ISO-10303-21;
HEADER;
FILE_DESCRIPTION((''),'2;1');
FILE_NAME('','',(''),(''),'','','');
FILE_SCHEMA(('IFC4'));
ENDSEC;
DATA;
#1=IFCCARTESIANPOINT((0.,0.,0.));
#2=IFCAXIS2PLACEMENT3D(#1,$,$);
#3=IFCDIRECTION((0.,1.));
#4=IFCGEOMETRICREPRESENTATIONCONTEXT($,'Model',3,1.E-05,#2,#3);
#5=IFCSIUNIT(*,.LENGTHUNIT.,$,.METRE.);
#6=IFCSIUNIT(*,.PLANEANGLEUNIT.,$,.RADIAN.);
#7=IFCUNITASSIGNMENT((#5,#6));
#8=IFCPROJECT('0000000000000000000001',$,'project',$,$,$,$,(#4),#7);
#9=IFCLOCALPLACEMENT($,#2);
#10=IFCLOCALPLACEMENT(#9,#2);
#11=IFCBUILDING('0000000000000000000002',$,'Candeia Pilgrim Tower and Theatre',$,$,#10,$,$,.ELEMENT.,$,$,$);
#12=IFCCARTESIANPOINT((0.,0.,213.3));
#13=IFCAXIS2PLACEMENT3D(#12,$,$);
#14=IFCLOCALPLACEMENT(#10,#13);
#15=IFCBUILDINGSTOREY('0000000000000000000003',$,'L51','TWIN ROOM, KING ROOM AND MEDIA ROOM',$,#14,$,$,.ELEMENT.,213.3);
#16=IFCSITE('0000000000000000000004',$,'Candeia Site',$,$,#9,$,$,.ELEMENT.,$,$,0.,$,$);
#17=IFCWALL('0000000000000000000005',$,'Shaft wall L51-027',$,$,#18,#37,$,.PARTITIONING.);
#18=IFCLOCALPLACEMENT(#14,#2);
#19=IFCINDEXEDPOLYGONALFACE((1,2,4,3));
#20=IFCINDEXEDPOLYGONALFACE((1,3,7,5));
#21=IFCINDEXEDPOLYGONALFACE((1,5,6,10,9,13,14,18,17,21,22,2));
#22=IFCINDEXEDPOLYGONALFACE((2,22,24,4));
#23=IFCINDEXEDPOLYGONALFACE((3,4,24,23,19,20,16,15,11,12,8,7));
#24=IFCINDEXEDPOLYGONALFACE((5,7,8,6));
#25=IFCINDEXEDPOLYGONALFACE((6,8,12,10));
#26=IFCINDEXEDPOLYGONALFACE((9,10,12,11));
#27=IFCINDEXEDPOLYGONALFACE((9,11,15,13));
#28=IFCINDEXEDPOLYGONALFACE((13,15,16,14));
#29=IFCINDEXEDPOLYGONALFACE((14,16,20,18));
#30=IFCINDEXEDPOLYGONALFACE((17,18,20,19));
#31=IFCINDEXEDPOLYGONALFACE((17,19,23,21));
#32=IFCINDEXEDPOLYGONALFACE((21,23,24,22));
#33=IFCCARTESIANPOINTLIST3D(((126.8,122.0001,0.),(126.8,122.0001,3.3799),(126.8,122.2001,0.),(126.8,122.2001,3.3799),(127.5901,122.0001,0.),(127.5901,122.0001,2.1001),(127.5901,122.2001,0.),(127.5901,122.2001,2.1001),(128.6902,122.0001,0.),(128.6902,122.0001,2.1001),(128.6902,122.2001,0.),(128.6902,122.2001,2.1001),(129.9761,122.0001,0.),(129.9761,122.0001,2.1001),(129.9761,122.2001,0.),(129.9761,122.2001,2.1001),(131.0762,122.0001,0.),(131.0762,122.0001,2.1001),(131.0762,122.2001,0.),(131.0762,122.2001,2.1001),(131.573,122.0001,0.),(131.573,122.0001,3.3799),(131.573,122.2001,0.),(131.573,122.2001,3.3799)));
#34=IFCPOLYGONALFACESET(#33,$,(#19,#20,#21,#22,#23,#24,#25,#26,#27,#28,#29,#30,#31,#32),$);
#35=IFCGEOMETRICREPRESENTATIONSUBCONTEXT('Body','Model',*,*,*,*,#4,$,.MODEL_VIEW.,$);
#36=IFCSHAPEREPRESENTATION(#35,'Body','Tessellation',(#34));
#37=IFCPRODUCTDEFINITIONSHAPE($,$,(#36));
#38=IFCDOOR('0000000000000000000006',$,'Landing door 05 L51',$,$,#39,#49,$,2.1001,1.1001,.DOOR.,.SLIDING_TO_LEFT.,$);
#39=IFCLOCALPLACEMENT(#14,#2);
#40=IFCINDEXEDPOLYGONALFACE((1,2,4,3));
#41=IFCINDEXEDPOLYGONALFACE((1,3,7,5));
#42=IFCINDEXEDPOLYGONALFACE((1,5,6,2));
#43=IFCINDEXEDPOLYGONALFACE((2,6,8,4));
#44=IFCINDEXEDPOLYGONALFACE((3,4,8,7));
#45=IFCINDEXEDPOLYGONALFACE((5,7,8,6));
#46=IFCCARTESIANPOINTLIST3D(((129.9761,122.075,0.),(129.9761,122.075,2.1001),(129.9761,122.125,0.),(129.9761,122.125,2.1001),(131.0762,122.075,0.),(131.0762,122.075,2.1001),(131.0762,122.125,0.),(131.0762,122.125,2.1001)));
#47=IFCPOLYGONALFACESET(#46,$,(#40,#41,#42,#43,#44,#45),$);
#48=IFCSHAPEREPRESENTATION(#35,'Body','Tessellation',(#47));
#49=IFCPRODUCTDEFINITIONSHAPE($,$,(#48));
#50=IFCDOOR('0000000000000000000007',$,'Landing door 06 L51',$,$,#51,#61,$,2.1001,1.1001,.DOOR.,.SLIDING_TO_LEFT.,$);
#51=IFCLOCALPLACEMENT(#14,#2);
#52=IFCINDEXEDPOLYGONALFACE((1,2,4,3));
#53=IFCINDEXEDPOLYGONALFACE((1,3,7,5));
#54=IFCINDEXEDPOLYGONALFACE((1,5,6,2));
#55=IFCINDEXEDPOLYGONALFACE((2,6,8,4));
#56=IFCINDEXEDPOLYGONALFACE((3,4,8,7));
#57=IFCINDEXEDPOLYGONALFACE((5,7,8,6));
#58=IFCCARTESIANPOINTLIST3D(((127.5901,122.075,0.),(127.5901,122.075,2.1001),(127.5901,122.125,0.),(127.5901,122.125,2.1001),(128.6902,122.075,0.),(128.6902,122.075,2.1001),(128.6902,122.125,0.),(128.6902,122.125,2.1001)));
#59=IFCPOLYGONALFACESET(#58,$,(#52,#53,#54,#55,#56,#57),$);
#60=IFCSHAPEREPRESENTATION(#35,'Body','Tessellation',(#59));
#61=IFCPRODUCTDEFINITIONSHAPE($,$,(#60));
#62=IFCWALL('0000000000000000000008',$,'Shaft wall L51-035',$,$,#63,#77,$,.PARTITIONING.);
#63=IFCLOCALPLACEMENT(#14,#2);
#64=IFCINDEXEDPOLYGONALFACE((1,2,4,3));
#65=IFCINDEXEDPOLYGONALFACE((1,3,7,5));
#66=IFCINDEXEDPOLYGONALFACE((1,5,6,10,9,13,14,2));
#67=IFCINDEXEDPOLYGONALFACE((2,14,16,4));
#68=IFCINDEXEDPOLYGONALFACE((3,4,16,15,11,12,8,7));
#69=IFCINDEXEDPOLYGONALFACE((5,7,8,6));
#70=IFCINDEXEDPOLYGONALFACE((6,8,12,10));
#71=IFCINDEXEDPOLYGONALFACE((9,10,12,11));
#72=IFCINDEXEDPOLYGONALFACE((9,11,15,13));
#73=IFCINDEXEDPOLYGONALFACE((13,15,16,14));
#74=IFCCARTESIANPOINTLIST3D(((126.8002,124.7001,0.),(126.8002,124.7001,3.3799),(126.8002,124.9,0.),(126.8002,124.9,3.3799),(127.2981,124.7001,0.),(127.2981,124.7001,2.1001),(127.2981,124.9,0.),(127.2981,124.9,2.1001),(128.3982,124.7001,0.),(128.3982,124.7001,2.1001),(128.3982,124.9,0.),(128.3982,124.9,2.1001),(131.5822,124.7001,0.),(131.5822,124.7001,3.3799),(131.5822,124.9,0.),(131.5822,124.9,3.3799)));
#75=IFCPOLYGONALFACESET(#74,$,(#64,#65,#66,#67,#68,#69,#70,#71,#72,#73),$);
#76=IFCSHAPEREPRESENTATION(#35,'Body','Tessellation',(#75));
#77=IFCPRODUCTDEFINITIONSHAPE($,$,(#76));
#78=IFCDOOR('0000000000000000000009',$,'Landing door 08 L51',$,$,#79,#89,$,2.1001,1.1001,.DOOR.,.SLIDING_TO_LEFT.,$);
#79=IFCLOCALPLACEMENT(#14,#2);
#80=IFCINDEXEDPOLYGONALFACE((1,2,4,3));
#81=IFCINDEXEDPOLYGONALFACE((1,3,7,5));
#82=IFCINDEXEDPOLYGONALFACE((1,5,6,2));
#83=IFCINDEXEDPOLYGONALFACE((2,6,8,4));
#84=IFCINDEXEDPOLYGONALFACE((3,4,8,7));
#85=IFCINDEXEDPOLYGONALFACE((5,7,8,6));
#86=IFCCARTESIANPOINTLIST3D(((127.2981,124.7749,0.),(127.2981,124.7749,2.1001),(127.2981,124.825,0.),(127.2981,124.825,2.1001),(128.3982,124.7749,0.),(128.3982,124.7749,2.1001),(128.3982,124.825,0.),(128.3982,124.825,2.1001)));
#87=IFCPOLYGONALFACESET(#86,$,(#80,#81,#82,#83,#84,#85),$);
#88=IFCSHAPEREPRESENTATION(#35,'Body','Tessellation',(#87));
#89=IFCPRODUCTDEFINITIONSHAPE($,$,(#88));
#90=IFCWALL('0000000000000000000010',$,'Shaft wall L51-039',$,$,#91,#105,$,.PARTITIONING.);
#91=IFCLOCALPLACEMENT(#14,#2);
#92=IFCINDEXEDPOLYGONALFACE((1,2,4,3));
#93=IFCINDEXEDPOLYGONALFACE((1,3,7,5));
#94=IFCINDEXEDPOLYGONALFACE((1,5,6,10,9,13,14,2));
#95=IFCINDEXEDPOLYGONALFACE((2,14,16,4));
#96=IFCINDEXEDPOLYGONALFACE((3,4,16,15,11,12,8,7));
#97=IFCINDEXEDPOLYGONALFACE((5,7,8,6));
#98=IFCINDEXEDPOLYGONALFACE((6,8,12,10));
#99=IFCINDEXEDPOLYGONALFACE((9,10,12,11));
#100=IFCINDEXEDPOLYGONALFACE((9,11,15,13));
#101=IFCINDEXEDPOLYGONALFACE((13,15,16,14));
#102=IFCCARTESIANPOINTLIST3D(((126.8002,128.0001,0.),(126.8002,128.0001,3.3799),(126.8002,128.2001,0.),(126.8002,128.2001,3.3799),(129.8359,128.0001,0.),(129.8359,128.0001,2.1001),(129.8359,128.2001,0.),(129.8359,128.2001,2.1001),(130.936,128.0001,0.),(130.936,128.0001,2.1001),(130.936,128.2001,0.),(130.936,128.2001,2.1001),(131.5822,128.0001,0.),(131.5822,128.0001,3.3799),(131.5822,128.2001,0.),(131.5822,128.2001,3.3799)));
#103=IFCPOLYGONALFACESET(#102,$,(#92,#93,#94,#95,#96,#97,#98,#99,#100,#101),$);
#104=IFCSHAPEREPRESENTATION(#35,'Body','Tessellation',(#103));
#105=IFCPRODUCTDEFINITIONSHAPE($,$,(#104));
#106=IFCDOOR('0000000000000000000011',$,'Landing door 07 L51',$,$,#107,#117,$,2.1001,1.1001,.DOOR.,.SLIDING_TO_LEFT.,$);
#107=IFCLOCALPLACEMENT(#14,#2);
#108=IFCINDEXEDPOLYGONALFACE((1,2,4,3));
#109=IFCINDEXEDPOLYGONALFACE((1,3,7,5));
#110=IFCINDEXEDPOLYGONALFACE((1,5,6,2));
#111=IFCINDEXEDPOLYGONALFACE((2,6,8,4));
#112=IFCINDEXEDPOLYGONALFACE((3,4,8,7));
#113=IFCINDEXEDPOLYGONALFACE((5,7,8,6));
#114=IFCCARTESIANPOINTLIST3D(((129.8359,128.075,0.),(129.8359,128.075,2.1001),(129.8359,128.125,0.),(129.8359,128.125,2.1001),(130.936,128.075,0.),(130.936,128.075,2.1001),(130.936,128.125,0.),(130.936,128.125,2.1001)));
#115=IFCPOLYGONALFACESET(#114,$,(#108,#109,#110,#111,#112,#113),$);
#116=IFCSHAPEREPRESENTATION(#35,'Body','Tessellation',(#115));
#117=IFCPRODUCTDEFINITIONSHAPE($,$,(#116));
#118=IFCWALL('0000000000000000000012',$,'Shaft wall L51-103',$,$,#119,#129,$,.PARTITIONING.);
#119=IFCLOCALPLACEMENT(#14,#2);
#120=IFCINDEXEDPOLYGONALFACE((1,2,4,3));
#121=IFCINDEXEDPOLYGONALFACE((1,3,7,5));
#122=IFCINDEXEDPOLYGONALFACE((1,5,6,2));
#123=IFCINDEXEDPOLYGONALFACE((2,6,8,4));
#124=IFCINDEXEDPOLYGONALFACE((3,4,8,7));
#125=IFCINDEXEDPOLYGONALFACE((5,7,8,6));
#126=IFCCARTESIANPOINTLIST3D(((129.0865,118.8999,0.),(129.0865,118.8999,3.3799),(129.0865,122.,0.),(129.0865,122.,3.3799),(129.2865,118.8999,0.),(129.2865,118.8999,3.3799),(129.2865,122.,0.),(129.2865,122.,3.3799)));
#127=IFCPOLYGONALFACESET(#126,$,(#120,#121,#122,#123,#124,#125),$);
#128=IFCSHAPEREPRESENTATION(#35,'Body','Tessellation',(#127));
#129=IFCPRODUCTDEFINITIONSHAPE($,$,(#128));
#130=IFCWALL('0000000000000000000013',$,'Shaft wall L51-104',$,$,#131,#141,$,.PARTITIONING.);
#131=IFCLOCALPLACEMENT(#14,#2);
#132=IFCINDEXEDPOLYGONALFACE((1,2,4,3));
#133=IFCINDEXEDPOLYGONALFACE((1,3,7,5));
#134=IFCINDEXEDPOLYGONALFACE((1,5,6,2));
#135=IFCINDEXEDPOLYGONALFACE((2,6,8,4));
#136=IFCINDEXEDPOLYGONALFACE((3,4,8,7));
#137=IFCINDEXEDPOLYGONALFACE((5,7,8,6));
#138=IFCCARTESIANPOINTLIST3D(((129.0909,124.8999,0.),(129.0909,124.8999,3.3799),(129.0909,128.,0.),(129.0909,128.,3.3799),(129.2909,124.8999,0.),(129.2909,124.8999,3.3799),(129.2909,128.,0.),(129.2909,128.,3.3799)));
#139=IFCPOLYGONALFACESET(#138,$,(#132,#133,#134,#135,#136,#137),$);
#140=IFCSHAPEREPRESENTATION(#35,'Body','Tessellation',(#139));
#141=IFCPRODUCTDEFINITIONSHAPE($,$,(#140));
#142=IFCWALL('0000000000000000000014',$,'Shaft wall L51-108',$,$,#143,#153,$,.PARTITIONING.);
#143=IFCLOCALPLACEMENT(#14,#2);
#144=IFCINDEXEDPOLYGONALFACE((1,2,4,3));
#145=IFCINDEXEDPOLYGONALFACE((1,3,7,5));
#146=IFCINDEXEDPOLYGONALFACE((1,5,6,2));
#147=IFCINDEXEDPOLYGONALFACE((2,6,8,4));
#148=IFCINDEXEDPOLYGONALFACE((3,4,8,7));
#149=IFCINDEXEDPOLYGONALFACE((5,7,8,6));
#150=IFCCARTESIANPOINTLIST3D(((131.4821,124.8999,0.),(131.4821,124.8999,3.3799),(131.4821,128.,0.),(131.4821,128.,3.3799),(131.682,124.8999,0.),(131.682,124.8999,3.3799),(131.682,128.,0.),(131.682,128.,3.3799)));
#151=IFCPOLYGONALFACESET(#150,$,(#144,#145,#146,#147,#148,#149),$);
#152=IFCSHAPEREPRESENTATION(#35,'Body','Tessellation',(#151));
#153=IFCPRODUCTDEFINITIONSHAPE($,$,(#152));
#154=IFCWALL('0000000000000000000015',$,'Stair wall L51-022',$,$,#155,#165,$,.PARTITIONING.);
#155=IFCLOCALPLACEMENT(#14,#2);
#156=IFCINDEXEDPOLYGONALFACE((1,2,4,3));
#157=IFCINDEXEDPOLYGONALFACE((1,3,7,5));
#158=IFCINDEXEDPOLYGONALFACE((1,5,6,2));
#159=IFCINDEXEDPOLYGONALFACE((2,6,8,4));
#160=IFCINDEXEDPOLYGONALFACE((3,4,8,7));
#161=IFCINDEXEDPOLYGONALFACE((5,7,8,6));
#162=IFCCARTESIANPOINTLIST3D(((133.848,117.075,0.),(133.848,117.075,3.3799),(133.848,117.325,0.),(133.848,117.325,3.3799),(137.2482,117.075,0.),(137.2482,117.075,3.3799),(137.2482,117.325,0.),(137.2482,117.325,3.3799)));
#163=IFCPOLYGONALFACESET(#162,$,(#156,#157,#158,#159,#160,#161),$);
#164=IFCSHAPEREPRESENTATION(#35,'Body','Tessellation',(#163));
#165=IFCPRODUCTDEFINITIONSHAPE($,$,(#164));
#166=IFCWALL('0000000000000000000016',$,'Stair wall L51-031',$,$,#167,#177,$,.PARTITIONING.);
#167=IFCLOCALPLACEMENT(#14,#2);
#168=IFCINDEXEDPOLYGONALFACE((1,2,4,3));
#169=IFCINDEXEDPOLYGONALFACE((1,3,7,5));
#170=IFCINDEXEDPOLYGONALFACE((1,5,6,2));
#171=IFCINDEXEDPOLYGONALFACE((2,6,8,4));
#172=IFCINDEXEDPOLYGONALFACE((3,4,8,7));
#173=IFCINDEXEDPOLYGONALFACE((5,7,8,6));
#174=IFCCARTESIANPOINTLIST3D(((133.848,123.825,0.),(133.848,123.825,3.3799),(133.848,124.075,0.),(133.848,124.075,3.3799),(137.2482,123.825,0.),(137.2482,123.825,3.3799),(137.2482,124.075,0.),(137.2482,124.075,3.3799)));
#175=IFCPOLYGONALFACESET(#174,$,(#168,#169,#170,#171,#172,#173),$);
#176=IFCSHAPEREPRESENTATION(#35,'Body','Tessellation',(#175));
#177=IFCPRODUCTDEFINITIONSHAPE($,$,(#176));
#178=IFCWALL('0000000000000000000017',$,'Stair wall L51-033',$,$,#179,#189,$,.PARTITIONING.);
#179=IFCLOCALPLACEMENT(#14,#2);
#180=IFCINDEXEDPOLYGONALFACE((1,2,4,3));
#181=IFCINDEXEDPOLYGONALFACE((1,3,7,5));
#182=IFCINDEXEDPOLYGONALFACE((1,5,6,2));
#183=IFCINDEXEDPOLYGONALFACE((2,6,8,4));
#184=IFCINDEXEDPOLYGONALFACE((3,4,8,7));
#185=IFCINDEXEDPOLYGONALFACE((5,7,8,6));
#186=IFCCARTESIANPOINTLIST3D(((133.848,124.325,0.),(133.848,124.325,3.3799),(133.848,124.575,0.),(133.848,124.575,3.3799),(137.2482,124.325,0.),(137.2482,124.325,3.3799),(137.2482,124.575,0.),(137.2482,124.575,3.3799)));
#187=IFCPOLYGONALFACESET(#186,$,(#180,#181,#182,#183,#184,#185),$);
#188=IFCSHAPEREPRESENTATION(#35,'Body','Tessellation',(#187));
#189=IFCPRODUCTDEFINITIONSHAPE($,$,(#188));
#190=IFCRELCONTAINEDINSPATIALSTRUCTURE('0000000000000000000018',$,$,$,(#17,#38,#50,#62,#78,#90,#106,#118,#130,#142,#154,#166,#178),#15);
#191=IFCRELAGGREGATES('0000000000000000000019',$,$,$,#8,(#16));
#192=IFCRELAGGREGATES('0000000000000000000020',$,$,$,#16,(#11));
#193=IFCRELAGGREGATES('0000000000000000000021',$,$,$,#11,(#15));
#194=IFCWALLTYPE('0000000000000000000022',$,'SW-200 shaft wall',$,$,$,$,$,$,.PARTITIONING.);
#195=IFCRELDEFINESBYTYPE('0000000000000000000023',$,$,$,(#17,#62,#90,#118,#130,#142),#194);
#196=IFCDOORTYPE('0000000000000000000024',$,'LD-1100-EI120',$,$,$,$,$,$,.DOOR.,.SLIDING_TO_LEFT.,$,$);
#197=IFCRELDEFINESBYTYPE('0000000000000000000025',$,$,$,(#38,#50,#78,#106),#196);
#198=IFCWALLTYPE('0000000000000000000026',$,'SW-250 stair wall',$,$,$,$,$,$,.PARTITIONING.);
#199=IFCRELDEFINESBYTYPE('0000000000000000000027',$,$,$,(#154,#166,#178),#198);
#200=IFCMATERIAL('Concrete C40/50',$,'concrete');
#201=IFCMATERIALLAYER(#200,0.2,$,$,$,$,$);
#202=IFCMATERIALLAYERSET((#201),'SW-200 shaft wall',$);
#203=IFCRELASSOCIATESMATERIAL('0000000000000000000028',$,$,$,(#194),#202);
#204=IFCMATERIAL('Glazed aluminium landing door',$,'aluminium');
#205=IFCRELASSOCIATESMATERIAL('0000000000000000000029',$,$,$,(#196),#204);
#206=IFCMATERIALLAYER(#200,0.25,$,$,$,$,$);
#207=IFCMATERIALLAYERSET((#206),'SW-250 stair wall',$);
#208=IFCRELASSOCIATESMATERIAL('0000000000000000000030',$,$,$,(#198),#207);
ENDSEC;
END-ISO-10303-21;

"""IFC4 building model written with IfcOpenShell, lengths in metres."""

from ifc_helpers import new_model, si_unit, direction, frame, frame_2d, origin, place, context, subcontext, project, spatial, rectangle, extrude, material, layer, layer_set, type_object, element, fill, save


model = new_model("IFC4")

# Units and contexts
model_context = context("Model", 3, precision=1e-05, world=origin(), true_north=direction((0.0, 1.0)))
body_context = subcontext(model_context, "Body", "Model", "MODEL_VIEW")
ifc_project = project(units=[si_unit("LENGTHUNIT", "METRE"), si_unit("PLANEANGLEUNIT", "RADIAN")], contexts=[model_context])

# Site, building, storey
site_placement = place(None, origin())
site = spatial("IfcSite", under=ifc_project, at=site_placement, Name="Candeia Site", CompositionType="ELEMENT", RefElevation=0.0)
building_placement = place(site_placement, origin())
building = spatial("IfcBuilding", under=site, at=building_placement, Name="Candeia Pilgrim Tower and Theatre", CompositionType="ELEMENT")
storey_placement = place(building_placement, frame((0.0, 0.0, 213.3)))
storey = spatial("IfcBuildingStorey", under=building, at=storey_placement, Name="L51", Description="TWIN ROOM, KING ROOM AND MEDIA ROOM", CompositionType="ELEMENT", Elevation=213.3)

# Shared definitions
ifc_material_1 = material(Name="Concrete C40/50", Category="concrete")
ifc_layer_1 = layer(ifc_material_1, 0.2)
ifc_layer_set_1 = layer_set([ifc_layer_1], Name="SW-200 shaft wall")
wall_type_1 = type_object("IfcWallType", Name="SW-200 shaft wall", PredefinedType="PARTITIONING", material=ifc_layer_set_1)

# Wall, openings, doors
wall_1_placement = place(storey_placement, frame((126.8, 122.1001, 0.0), z_axis=(0.0, 0.0, 1.0), x_axis=(1.0, 0.0, 0.0)))
wall_1 = element("IfcWall", 1, at=wall_1_placement, inside=storey, type_object=wall_type_1, Name="Shaft wall L51-027", PredefinedType="PARTITIONING", context=body_context, shape_type="SweptSolid", body=[
    extrude(rectangle(XDim=4.7729, YDim=0.2, at=frame_2d((2.3865, 0.0))), origin(), (0.0, 0.0, 1.0), 3.3799),
])
opening_1_placement = place(wall_1_placement, frame((3.176, 0.0, 0.0)))
opening_1 = element("IfcOpeningElement", 2, at=opening_1_placement, cuts=wall_1, PredefinedType="OPENING", context=body_context, shape_type="SweptSolid", body=[
    extrude(rectangle(XDim=1.1001, YDim=2.1001, at=frame_2d((0.55, 1.05))), frame((0.0, 0.1099, 0.0), z_axis=(0.0, -1.0, 0.0), x_axis=(1.0, 0.0, 0.0)), (0.0, 0.0, 1.0), 0.22),
])
opening_2_placement = place(wall_1_placement, frame((0.79, 0.0, 0.0)))
opening_2 = element("IfcOpeningElement", 3, at=opening_2_placement, cuts=wall_1, PredefinedType="OPENING", context=body_context, shape_type="SweptSolid", body=[
    extrude(rectangle(XDim=1.1001, YDim=2.1001, at=frame_2d((0.55, 1.05))), frame((0.0, 0.1099, 0.0), z_axis=(0.0, -1.0, 0.0), x_axis=(1.0, 0.0, 0.0)), (0.0, 0.0, 1.0), 0.22),
])
ifc_material_2 = material(Name="Glazed aluminium landing door", Category="aluminium")
door_type_1 = type_object("IfcDoorType", Name="LD-1100-EI120", OperationType="SLIDING_TO_LEFT", PredefinedType="DOOR", material=ifc_material_2)
door_1_placement = place(opening_1_placement, origin())
door_1 = element("IfcDoor", 4, at=door_1_placement, inside=storey, type_object=door_type_1, Name="Landing door 05 L51", OperationType="SLIDING_TO_LEFT", OverallHeight=2.1001, OverallWidth=1.1001, PredefinedType="DOOR", context=body_context, shape_type="SweptSolid", body=[
    extrude(rectangle(XDim=1.1001, YDim=2.1001, at=frame_2d((0.55, 1.05))), frame((0.0, 0.0249, 0.0), z_axis=(0.0, -1.0, 0.0), x_axis=(1.0, 0.0, 0.0)), (0.0, 0.0, 1.0), 0.05),
])
fill(opening_1, door_1)
door_2_placement = place(opening_2_placement, origin())
door_2 = element("IfcDoor", 5, at=door_2_placement, inside=storey, type_object=door_type_1, Name="Landing door 06 L51", OperationType="SLIDING_TO_LEFT", OverallHeight=2.1001, OverallWidth=1.1001, PredefinedType="DOOR", context=body_context, shape_type="SweptSolid", body=[
    extrude(rectangle(XDim=1.1001, YDim=2.1001, at=frame_2d((0.55, 1.05))), frame((0.0, 0.0249, 0.0), z_axis=(0.0, -1.0, 0.0), x_axis=(1.0, 0.0, 0.0)), (0.0, 0.0, 1.0), 0.05),
])
fill(opening_2, door_2)

# Walls, openings, doors
wall_2_placement = place(storey_placement, frame((126.8, 124.8, 0.0), z_axis=(0.0, 0.0, 1.0), x_axis=(1.0, 0.0, 0.0)))
wall_2 = element("IfcWall", 6, at=wall_2_placement, inside=storey, type_object=wall_type_1, Name="Shaft wall L51-035", PredefinedType="PARTITIONING", context=body_context, shape_type="SweptSolid", body=[
    extrude(rectangle(XDim=4.782, YDim=0.2, at=frame_2d((2.3911, 0.0))), origin(), (0.0, 0.0, 1.0), 3.3799),
])
opening_3_placement = place(wall_2_placement, frame((0.498, 0.0, 0.0)))
opening_3 = element("IfcOpeningElement", 7, at=opening_3_placement, cuts=wall_2, PredefinedType="OPENING", context=body_context, shape_type="SweptSolid", body=[
    extrude(rectangle(XDim=1.1001, YDim=2.1001, at=frame_2d((0.55, 1.05))), frame((0.0, 0.1099, 0.0), z_axis=(0.0, -1.0, 0.0), x_axis=(1.0, 0.0, 0.0)), (0.0, 0.0, 1.0), 0.22),
])
door_3_placement = place(opening_3_placement, origin())
door_3 = element("IfcDoor", 8, at=door_3_placement, inside=storey, type_object=door_type_1, Name="Landing door 08 L51", OperationType="SLIDING_TO_LEFT", OverallHeight=2.1001, OverallWidth=1.1001, PredefinedType="DOOR", context=body_context, shape_type="SweptSolid", body=[
    extrude(rectangle(XDim=1.1001, YDim=2.1001, at=frame_2d((0.55, 1.05))), frame((0.0, 0.0249, 0.0), z_axis=(0.0, -1.0, 0.0), x_axis=(1.0, 0.0, 0.0)), (0.0, 0.0, 1.0), 0.05),
])
fill(opening_3, door_3)
wall_3_placement = place(storey_placement, frame((126.8, 128.1001, 0.0), z_axis=(0.0, 0.0, 1.0), x_axis=(1.0, 0.0, 0.0)))
wall_3 = element("IfcWall", 9, at=wall_3_placement, inside=storey, type_object=wall_type_1, Name="Shaft wall L51-039", PredefinedType="PARTITIONING", context=body_context, shape_type="SweptSolid", body=[
    extrude(rectangle(XDim=4.782, YDim=0.2, at=frame_2d((2.3911, 0.0))), origin(), (0.0, 0.0, 1.0), 3.3799),
])
opening_4_placement = place(wall_3_placement, frame((3.0359, 0.0, 0.0)))
opening_4 = element("IfcOpeningElement", 10, at=opening_4_placement, cuts=wall_3, PredefinedType="OPENING", context=body_context, shape_type="SweptSolid", body=[
    extrude(rectangle(XDim=1.1001, YDim=2.1001, at=frame_2d((0.55, 1.05))), frame((0.0, 0.1099, 0.0), z_axis=(0.0, -1.0, 0.0), x_axis=(1.0, 0.0, 0.0)), (0.0, 0.0, 1.0), 0.22),
])
door_4_placement = place(opening_4_placement, origin())
door_4 = element("IfcDoor", 11, at=door_4_placement, inside=storey, type_object=door_type_1, Name="Landing door 07 L51", OperationType="SLIDING_TO_LEFT", OverallHeight=2.1001, OverallWidth=1.1001, PredefinedType="DOOR", context=body_context, shape_type="SweptSolid", body=[
    extrude(rectangle(XDim=1.1001, YDim=2.1001, at=frame_2d((0.55, 1.05))), frame((0.0, 0.0249, 0.0), z_axis=(0.0, -1.0, 0.0), x_axis=(1.0, 0.0, 0.0)), (0.0, 0.0, 1.0), 0.05),
])
fill(opening_4, door_4)

# Walls
for number, where, z_axis, x_axis, name in (
    (12, (129.1865, 118.8999, 0.0), (0.0, 0.0, 1.0), (0.0, 1.0, 0.0), "Shaft wall L51-103"),
    (13, (129.1909, 124.8999, 0.0), (0.0, 0.0, 1.0), (0.0, 1.0, 0.0), "Shaft wall L51-104"),
    (14, (131.582, 124.8999, 0.0), (0.0, 0.0, 1.0), (0.0, 1.0, 0.0), "Shaft wall L51-108"),
):
    element("IfcWall", number, at=place(storey_placement, frame(where, z_axis=z_axis, x_axis=x_axis)), inside=storey, type_object=wall_type_1, Name=name, PredefinedType="PARTITIONING", context=body_context, shape_type="SweptSolid", body=[
        extrude(rectangle(XDim=3.1001, YDim=0.2, at=frame_2d((1.55, 0.0))), origin(), (0.0, 0.0, 1.0), 3.3799),
    ])
ifc_layer_2 = layer(ifc_material_1, 0.25)
ifc_layer_set_2 = layer_set([ifc_layer_2], Name="SW-250 stair wall")
wall_type_2 = type_object("IfcWallType", Name="SW-250 stair wall", PredefinedType="PARTITIONING", material=ifc_layer_set_2)
for number, where, z_axis, x_axis, name in (
    (15, (133.8479, 117.2, 0.0), (0.0, 0.0, 1.0), (1.0, 0.0, 0.0), "Stair wall L51-022"),
    (16, (133.8479, 123.95, 0.0), (0.0, 0.0, 1.0), (1.0, 0.0, 0.0), "Stair wall L51-031"),
    (17, (133.8479, 124.45, 0.0), (0.0, 0.0, 1.0), (1.0, 0.0, 0.0), "Stair wall L51-033"),
):
    element("IfcWall", number, at=place(storey_placement, frame(where, z_axis=z_axis, x_axis=x_axis)), inside=storey, type_object=wall_type_2, Name=name, PredefinedType="PARTITIONING", context=body_context, shape_type="SweptSolid", body=[
        extrude(rectangle(XDim=3.4001, YDim=0.25, at=frame_2d((1.7002, 0.0))), origin(), (0.0, 0.0, 1.0), 3.3799),
    ])

save(model, "model.ifc")
